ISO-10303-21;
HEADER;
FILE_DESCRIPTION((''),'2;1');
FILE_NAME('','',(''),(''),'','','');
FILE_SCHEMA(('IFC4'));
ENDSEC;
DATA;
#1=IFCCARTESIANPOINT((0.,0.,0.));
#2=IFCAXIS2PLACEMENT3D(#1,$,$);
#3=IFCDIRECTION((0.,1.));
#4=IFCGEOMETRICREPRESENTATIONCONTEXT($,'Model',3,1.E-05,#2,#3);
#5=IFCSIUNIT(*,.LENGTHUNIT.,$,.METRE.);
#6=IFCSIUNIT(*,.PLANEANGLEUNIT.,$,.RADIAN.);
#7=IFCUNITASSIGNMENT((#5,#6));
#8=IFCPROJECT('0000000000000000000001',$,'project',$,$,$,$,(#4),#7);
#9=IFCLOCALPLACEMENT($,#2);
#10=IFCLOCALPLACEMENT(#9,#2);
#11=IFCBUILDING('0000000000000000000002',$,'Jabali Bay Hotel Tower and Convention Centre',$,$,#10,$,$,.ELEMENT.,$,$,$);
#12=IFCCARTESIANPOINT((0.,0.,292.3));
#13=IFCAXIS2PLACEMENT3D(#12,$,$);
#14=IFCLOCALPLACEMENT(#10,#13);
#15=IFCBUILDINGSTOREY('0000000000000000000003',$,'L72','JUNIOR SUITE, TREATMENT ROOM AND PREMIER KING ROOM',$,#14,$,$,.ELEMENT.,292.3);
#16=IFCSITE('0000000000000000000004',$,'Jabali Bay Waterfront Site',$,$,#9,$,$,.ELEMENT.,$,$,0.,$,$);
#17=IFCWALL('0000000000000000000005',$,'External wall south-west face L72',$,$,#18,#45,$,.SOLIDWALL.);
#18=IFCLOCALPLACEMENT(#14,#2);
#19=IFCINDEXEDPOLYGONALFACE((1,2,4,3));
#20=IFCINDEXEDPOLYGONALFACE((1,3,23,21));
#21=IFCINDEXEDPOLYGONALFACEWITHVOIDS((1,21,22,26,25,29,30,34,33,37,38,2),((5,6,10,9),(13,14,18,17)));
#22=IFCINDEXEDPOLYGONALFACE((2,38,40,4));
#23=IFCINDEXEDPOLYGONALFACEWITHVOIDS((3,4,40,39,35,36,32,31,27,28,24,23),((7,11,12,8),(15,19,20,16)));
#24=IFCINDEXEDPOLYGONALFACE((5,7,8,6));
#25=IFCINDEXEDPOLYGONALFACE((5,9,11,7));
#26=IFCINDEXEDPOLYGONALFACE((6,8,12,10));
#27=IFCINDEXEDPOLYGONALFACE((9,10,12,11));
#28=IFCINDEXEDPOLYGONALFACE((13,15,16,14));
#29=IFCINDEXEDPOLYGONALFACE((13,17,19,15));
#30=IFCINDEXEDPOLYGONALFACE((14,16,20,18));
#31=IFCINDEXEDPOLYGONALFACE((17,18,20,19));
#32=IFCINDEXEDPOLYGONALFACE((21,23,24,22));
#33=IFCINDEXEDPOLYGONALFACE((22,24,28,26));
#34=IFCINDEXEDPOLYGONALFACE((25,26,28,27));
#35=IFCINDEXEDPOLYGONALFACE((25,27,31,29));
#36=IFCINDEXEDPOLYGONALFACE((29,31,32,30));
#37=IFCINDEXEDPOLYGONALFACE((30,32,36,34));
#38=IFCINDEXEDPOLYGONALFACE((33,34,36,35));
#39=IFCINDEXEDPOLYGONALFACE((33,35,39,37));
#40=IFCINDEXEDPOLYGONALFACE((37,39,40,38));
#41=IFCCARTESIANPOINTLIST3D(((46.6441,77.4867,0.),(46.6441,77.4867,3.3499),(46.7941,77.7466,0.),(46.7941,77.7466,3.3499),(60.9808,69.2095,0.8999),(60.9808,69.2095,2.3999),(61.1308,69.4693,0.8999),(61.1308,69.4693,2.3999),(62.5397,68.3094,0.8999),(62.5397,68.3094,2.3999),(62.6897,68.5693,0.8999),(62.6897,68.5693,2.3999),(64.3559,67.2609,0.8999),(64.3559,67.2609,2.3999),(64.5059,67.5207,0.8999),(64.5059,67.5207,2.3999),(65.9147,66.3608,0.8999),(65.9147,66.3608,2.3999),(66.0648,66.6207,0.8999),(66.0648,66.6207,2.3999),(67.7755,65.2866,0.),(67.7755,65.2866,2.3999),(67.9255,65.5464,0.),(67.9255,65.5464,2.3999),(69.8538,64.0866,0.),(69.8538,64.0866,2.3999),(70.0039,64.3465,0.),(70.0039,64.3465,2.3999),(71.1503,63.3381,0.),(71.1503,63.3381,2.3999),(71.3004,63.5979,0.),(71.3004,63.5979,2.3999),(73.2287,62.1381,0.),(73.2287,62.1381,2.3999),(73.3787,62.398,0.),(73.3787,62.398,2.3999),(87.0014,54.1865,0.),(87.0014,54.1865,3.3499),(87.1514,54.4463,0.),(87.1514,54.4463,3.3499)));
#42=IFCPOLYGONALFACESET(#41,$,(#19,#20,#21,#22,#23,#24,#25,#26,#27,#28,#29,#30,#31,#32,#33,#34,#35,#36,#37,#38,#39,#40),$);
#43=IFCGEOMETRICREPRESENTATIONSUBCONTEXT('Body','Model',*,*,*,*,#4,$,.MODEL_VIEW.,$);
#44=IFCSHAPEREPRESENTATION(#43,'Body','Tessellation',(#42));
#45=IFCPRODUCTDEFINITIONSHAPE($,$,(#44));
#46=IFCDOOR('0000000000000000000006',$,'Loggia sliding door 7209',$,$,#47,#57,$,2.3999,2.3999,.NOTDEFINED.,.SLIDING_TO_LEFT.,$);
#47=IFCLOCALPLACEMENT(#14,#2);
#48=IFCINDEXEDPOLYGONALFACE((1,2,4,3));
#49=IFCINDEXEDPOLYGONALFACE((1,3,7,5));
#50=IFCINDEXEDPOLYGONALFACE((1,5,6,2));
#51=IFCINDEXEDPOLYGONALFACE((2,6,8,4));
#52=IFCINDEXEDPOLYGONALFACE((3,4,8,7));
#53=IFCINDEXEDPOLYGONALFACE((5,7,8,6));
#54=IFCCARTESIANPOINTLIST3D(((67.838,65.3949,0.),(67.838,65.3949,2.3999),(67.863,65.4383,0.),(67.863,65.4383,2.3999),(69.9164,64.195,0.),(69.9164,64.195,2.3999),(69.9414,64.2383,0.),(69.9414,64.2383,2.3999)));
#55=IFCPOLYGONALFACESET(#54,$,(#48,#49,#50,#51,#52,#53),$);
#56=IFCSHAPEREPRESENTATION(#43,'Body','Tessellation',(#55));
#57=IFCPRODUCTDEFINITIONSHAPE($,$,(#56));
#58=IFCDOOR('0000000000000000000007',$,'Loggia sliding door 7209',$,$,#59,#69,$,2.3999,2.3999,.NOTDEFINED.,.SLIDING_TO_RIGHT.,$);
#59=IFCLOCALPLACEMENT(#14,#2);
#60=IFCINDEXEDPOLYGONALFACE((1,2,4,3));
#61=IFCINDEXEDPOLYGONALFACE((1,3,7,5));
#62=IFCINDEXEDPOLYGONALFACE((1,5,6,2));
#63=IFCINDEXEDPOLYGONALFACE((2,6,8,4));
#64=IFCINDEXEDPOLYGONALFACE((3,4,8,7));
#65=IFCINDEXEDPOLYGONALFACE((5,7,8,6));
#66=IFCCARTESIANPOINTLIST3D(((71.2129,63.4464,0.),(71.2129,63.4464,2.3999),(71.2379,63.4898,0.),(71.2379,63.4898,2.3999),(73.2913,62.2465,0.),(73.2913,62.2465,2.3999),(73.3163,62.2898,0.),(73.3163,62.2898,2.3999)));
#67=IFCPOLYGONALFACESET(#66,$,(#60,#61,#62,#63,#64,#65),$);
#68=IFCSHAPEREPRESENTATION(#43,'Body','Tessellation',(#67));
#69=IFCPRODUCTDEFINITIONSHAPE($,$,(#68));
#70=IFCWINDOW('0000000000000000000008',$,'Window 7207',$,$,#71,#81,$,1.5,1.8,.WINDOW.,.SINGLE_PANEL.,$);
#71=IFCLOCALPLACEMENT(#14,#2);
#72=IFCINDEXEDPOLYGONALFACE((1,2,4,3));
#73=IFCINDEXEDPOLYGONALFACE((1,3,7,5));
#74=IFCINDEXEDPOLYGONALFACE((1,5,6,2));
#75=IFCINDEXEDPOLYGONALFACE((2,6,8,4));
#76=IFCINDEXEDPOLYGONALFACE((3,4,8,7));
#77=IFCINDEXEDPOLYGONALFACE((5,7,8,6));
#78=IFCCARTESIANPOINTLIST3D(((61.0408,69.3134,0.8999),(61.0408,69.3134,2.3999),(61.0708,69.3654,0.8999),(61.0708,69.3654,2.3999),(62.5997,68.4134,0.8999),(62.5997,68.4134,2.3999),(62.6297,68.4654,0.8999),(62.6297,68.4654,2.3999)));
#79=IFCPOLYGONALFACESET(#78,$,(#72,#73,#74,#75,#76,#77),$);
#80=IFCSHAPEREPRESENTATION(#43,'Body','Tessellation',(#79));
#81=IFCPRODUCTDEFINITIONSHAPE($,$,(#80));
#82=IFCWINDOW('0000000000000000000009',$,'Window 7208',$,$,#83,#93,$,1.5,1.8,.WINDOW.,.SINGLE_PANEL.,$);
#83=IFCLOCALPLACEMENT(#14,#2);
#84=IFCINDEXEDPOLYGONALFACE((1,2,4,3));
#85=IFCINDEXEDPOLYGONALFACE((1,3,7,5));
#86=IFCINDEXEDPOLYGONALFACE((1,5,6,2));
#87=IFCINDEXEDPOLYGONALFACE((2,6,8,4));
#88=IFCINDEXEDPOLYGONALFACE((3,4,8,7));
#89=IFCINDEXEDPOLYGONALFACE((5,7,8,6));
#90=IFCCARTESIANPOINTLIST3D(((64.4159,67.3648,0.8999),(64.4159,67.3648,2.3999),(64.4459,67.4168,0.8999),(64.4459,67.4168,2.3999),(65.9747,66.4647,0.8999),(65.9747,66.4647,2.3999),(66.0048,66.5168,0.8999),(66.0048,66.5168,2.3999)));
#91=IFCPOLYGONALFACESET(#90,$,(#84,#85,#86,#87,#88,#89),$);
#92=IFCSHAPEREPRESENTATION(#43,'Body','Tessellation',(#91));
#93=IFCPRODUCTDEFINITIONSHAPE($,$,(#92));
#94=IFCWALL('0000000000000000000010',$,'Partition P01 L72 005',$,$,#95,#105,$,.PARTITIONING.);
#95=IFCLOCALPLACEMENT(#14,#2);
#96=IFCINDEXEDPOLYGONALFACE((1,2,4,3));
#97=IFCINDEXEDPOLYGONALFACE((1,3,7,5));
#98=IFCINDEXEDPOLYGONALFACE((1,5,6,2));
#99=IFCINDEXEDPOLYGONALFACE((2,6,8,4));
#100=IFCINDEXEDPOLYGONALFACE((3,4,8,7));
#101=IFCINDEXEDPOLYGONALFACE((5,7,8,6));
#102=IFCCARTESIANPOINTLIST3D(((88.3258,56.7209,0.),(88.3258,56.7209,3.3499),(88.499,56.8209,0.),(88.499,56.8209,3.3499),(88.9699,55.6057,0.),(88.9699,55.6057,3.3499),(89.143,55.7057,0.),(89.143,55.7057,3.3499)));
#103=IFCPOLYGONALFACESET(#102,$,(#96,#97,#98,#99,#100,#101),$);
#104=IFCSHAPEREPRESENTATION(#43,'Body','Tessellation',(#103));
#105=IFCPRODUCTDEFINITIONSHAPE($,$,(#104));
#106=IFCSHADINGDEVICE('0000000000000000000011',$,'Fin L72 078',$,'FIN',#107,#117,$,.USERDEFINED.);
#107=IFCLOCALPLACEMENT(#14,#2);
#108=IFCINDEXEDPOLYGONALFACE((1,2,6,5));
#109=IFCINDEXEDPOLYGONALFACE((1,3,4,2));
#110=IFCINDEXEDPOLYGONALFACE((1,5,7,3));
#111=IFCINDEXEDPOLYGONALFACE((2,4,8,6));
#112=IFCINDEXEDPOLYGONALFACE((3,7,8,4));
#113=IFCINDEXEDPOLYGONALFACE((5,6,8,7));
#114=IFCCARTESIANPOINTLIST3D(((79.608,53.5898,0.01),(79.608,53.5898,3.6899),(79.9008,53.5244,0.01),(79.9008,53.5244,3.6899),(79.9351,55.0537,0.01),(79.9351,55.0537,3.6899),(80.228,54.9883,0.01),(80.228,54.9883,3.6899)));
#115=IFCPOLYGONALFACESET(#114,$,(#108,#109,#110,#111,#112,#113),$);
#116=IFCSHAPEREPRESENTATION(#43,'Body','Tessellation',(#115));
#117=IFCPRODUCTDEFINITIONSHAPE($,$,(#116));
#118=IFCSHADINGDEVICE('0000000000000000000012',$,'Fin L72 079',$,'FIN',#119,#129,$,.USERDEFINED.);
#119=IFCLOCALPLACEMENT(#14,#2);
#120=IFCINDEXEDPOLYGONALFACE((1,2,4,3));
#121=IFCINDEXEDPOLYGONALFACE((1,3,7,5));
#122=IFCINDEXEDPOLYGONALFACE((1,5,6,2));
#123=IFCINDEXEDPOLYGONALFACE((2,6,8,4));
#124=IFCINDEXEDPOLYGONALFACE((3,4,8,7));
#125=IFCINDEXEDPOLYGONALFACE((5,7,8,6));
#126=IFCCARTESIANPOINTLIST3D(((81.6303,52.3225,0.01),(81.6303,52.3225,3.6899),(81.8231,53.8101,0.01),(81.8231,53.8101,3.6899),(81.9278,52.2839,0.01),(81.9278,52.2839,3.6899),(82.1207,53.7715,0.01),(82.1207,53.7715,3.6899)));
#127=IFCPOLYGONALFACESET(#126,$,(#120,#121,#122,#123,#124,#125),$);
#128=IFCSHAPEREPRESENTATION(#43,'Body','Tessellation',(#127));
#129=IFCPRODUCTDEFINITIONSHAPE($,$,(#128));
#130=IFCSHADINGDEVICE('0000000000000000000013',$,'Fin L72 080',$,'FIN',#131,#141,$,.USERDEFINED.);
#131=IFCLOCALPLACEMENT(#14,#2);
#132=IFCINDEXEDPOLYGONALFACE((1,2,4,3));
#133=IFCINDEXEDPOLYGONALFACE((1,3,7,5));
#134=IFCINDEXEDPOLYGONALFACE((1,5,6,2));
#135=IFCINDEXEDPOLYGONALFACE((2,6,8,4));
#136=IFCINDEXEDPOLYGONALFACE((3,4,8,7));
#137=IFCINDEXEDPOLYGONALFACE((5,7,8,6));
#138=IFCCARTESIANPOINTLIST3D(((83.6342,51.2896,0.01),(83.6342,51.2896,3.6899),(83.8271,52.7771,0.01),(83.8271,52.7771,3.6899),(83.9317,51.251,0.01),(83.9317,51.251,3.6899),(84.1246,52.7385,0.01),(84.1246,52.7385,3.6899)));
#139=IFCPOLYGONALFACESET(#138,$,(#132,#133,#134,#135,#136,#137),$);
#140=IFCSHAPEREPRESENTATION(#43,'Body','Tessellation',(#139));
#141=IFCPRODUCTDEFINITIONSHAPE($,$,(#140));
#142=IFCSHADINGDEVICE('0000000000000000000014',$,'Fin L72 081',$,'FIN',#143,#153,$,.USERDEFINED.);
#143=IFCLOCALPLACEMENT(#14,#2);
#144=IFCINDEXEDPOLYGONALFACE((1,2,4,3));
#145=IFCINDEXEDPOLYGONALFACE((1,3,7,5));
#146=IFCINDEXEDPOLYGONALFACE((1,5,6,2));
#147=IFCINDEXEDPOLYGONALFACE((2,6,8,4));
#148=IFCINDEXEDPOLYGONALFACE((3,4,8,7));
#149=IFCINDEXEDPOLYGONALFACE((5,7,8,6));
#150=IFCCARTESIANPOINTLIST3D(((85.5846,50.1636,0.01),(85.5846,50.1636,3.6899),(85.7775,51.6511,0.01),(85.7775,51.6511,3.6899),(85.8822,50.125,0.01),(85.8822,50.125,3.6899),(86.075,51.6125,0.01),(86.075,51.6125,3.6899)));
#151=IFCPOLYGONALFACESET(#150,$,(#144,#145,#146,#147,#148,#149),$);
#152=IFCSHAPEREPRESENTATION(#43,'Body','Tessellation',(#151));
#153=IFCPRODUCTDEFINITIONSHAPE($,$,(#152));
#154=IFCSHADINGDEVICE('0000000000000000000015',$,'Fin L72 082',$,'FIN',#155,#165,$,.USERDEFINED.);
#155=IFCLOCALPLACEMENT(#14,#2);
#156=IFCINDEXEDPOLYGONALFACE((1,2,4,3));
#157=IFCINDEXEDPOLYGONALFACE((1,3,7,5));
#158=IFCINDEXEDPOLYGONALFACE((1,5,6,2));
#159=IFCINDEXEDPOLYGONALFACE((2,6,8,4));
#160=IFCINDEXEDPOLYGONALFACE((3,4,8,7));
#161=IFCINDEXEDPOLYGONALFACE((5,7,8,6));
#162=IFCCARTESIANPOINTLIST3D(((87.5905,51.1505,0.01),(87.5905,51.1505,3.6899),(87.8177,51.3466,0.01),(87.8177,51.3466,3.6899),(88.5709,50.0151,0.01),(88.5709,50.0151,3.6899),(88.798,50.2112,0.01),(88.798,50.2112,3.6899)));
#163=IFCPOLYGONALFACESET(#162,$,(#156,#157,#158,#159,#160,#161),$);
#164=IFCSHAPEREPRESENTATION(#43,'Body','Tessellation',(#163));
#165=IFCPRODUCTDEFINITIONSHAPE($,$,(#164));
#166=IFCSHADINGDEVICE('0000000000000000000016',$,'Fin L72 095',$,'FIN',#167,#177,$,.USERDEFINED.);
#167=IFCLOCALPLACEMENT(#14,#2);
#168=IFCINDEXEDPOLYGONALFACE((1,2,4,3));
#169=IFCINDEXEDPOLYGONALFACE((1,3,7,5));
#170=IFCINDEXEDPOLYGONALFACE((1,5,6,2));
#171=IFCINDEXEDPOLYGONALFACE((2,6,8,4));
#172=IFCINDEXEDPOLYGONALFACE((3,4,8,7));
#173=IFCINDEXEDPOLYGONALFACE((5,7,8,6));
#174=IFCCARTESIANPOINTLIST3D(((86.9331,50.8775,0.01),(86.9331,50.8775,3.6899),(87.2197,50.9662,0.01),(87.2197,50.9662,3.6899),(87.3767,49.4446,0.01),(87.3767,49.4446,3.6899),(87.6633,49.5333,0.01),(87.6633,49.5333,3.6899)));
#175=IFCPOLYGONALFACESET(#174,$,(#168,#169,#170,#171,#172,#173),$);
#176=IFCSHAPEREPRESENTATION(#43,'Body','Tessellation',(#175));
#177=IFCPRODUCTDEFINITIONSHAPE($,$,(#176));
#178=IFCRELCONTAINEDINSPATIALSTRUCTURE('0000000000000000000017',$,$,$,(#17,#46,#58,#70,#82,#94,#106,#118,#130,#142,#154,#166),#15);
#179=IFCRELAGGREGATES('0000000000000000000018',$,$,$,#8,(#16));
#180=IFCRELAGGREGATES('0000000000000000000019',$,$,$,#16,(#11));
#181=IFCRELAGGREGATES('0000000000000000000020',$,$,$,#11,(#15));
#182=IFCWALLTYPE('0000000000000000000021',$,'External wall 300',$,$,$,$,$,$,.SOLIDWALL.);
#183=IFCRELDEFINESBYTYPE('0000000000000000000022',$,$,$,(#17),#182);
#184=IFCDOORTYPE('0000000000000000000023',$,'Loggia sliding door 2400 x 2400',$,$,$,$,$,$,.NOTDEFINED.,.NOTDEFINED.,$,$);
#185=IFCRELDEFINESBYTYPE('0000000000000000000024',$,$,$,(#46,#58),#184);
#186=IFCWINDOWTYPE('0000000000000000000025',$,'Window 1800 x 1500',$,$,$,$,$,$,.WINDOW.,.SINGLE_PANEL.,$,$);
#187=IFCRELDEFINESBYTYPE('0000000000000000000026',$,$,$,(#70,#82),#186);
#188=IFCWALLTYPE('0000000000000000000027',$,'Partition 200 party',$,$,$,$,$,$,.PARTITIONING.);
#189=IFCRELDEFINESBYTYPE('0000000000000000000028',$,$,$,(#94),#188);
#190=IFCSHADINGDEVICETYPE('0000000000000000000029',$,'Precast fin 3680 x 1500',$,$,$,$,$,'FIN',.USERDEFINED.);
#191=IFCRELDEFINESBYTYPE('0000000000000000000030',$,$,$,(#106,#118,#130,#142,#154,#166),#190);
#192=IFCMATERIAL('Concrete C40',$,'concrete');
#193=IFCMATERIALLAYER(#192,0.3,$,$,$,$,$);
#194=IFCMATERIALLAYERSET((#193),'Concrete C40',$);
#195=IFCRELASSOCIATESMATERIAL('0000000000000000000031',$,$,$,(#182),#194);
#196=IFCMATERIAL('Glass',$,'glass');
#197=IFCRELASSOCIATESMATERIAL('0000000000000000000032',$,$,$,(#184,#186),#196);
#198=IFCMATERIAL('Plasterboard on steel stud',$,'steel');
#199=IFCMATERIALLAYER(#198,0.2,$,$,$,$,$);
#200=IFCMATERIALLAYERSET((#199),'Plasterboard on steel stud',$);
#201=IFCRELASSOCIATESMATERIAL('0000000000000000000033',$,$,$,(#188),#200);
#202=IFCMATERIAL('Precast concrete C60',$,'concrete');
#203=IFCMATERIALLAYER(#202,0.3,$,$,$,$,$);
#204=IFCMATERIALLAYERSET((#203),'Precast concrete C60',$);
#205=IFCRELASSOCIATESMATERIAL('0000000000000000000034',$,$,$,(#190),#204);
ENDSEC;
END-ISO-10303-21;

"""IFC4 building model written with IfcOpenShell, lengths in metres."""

from ifc_helpers import new_model, si_unit, direction, frame, frame_2d, origin, place, context, subcontext, project, spatial, rectangle, extrude, material, layer, layer_set, type_object, element, fill, save


model = new_model("IFC4")

# Units and contexts
model_context = context("Model", 3, precision=1e-05, world=origin(), true_north=direction((0.0, 1.0)))
body_context = subcontext(model_context, "Body", "Model", "MODEL_VIEW")
ifc_project = project(units=[si_unit("LENGTHUNIT", "METRE"), si_unit("PLANEANGLEUNIT", "RADIAN")], contexts=[model_context])

# Site, building, storey
site_placement = place(None, origin())
site = spatial("IfcSite", under=ifc_project, at=site_placement, Name="Jabali Bay Waterfront Site", CompositionType="ELEMENT", RefElevation=0.0)
building_placement = place(site_placement, origin())
building = spatial("IfcBuilding", under=site, at=building_placement, Name="Jabali Bay Hotel Tower and Convention Centre", CompositionType="ELEMENT")
storey_placement = place(building_placement, frame((0.0, 0.0, 292.3)))
storey = spatial("IfcBuildingStorey", under=building, at=storey_placement, Name="L72", Description="JUNIOR SUITE, TREATMENT ROOM AND PREMIER KING ROOM", CompositionType="ELEMENT", Elevation=292.3)

# Shared definitions
ifc_material_1 = material(Name="Concrete C40", Category="concrete")

# Wall, openings, doors, windows
ifc_layer_1 = layer(ifc_material_1, 0.3)
ifc_layer_set_1 = layer_set([ifc_layer_1], Name="Concrete C40")
wall_type_1 = type_object("IfcWallType", Name="External wall 300", PredefinedType="SOLIDWALL", material=ifc_layer_set_1)
wall_1_placement = place(storey_placement, frame((87.0764, 54.3164, 0.0), z_axis=(0.0, 0.0, 1.0), x_axis=(-0.866026, 0.499999, 0.0)))
wall_1 = element("IfcWall", 1, at=wall_1_placement, inside=storey, type_object=wall_type_1, Name="External wall south-west face L72", PredefinedType="SOLIDWALL", context=body_context, shape_type="SweptSolid", body=[
    extrude(rectangle(XDim=46.6006, YDim=0.3, at=frame_2d((23.3003, 0.0))), origin(), (0.0, 0.0, 1.0), 3.3499),
])
opening_1_placement = place(wall_1_placement, frame((19.8003, 0.0, 0.0)))
opening_1 = element("IfcOpeningElement", 2, at=opening_1_placement, cuts=wall_1, PredefinedType="OPENING", context=body_context, shape_type="SweptSolid", body=[
    extrude(rectangle(XDim=2.3999, YDim=2.3999, at=frame_2d((1.2, 1.2))), frame((0.0, 0.1606, 0.0), z_axis=(0.0, -1.0, 0.0), x_axis=(1.0, 0.0, 0.0)), (0.0, 0.0, 1.0), 0.321),
])
opening_2_placement = place(wall_1_placement, frame((15.9033, 0.0, 0.0)))
opening_2 = element("IfcOpeningElement", 3, at=opening_2_placement, cuts=wall_1, PredefinedType="OPENING", context=body_context, shape_type="SweptSolid", body=[
    extrude(rectangle(XDim=2.3999, YDim=2.3999, at=frame_2d((1.2, 1.2))), frame((0.0, 0.1606, 0.0), z_axis=(0.0, -1.0, 0.0), x_axis=(1.0, 0.0, 0.0)), (0.0, 0.0, 1.0), 0.321),
])
opening_3_placement = place(wall_1_placement, frame((28.2461, 0.0, 0.8999)))
opening_3 = element("IfcOpeningElement", 4, at=opening_3_placement, cuts=wall_1, PredefinedType="OPENING", context=body_context, shape_type="SweptSolid", body=[
    extrude(rectangle(XDim=1.8, YDim=1.5, at=frame_2d((0.8999, 0.75))), frame((0.0, 0.1606, 0.0), z_axis=(0.0, -1.0, 0.0), x_axis=(1.0, 0.0, 0.0)), (0.0, 0.0, 1.0), 0.321),
])
opening_4_placement = place(wall_1_placement, frame((24.3489, 0.0, 0.8999)))
opening_4 = element("IfcOpeningElement", 5, at=opening_4_placement, cuts=wall_1, PredefinedType="OPENING", context=body_context, shape_type="SweptSolid", body=[
    extrude(rectangle(XDim=1.8, YDim=1.5, at=frame_2d((0.8999, 0.75))), frame((0.0, 0.1606, 0.0), z_axis=(0.0, -1.0, 0.0), x_axis=(1.0, 0.0, 0.0)), (0.0, 0.0, 1.0), 0.321),
])
ifc_material_2 = material(Name="Glass", Category="glass")
door_type = type_object("IfcDoorType", Name="Loggia sliding door 2400 x 2400", OperationType="NOTDEFINED", PredefinedType="NOTDEFINED", material=ifc_material_2)
door_1_placement = place(opening_1_placement, origin())
door_1 = element("IfcDoor", 6, at=door_1_placement, inside=storey, type_object=door_type, Name="Loggia sliding door 7209", OperationType="SLIDING_TO_LEFT", OverallHeight=2.3999, OverallWidth=2.3999, PredefinedType="NOTDEFINED", context=body_context, shape_type="SweptSolid", body=[
    extrude(rectangle(XDim=2.3999, YDim=2.3999, at=frame_2d((1.2, 1.2))), frame((0.0, 0.0249, 0.0), z_axis=(0.0, -1.0, 0.0), x_axis=(1.0, 0.0, 0.0)), (0.0, 0.0, 1.0), 0.05),
])
fill(opening_1, door_1)
door_2_placement = place(opening_2_placement, origin())
door_2 = element("IfcDoor", 7, at=door_2_placement, inside=storey, type_object=door_type, Name="Loggia sliding door 7209", OperationType="SLIDING_TO_RIGHT", OverallHeight=2.3999, OverallWidth=2.3999, PredefinedType="NOTDEFINED", context=body_context, shape_type="SweptSolid", body=[
    extrude(rectangle(XDim=2.3999, YDim=2.3999, at=frame_2d((1.2, 1.2))), frame((0.0, 0.0249, 0.0), z_axis=(0.0, -1.0, 0.0), x_axis=(1.0, 0.0, 0.0)), (0.0, 0.0, 1.0), 0.05),
])
fill(opening_2, door_2)
window_type = type_object("IfcWindowType", Name="Window 1800 x 1500", PartitioningType="SINGLE_PANEL", PredefinedType="WINDOW", material=ifc_material_2)
window_1_placement = place(opening_3_placement, origin())
window_1 = element("IfcWindow", 8, at=window_1_placement, inside=storey, type_object=window_type, Name="Window 7207", OverallHeight=1.5, OverallWidth=1.8, PartitioningType="SINGLE_PANEL", PredefinedType="WINDOW", context=body_context, shape_type="SweptSolid", body=[
    extrude(rectangle(XDim=1.8, YDim=1.5, at=frame_2d((0.8999, 0.75))), frame((0.0, 0.03, 0.0), z_axis=(0.0, -1.0, 0.0), x_axis=(1.0, 0.0, 0.0)), (0.0, 0.0, 1.0), 0.0601),
])
fill(opening_3, window_1)
window_2_placement = place(opening_4_placement, origin())
window_2 = element("IfcWindow", 9, at=window_2_placement, inside=storey, type_object=window_type, Name="Window 7208", OverallHeight=1.5, OverallWidth=1.8, PartitioningType="SINGLE_PANEL", PredefinedType="WINDOW", context=body_context, shape_type="SweptSolid", body=[
    extrude(rectangle(XDim=1.8, YDim=1.5, at=frame_2d((0.8999, 0.75))), frame((0.0, 0.03, 0.0), z_axis=(0.0, -1.0, 0.0), x_axis=(1.0, 0.0, 0.0)), (0.0, 0.0, 1.0), 0.0601),
])
fill(opening_4, window_2)

# Wall
ifc_material_3 = material(Name="Plasterboard on steel stud", Category="steel")
ifc_layer_2 = layer(ifc_material_3, 0.2)
ifc_layer_set_2 = layer_set([ifc_layer_2], Name="Plasterboard on steel stud")
wall_type_2 = type_object("IfcWallType", Name="Partition 200 party", PredefinedType="PARTITIONING", material=ifc_layer_set_2)
wall_2_placement = place(storey_placement, frame((88.4124, 56.771, 0.0), z_axis=(0.0, 0.0, 1.0), x_axis=(0.500094, -0.865971, 0.0)))
element("IfcWall", 10, at=wall_2_placement, inside=storey, type_object=wall_type_2, Name="Partition P01 L72 005", PredefinedType="PARTITIONING", context=body_context, shape_type="SweptSolid", body=[
    extrude(rectangle(XDim=1.2878, YDim=0.2, at=frame_2d((0.644, 0.0))), origin(), (0.0, 0.0, 1.0), 3.3499),
])

# Shading devices
ifc_material_4 = material(Name="Precast concrete C60", Category="concrete")
ifc_layer_3 = layer(ifc_material_4, 0.3)
ifc_layer_set_3 = layer_set([ifc_layer_3], Name="Precast concrete C60")
shading_device_type = type_object("IfcShadingDeviceType", Name="Precast fin 3680 x 1500", ElementType="FIN", PredefinedType="USERDEFINED", material=ifc_layer_set_3)
for number, where, z_axis, x_axis, name in (
    (11, (80.0815, 55.021, 0.01), (0.0, 0.0, 1.0), (-0.218102, -0.975926, 0.0), "Fin L72 078"),
    (12, (81.9719, 53.7908, 0.01), (0.0, 0.0, 1.0), (-0.128581, -0.991699, 0.0), "Fin L72 079"),
    (13, (83.9758, 52.7578, 0.01), (0.0, 0.0, 1.0), (-0.128581, -0.991699, 0.0), "Fin L72 080"),
    (14, (85.9263, 51.6318, 0.01), (0.0, 0.0, 1.0), (-0.128581, -0.991699, 0.0), "Fin L72 081"),
    (15, (87.7041, 51.2485, 0.01), (0.0, 0.0, 1.0), (0.653535, -0.756896, 0.0), "Fin L72 082"),
    (16, (87.0764, 50.9219, 0.01), (0.0, 0.0, 1.0), (0.295744, -0.955267, 0.0), "Fin L72 095"),
):
    element("IfcShadingDevice", number, at=place(storey_placement, frame(where, z_axis=z_axis, x_axis=x_axis)), inside=storey, type_object=shading_device_type, Name=name, ObjectType="FIN", PredefinedType="USERDEFINED", context=body_context, shape_type="SweptSolid", body=[
        extrude(rectangle(XDim=1.5, YDim=0.3, at=frame_2d((0.75, 0.0))), origin(), (0.0, 0.0, 1.0), 3.6799),
    ])

save(model, "model.ifc")
